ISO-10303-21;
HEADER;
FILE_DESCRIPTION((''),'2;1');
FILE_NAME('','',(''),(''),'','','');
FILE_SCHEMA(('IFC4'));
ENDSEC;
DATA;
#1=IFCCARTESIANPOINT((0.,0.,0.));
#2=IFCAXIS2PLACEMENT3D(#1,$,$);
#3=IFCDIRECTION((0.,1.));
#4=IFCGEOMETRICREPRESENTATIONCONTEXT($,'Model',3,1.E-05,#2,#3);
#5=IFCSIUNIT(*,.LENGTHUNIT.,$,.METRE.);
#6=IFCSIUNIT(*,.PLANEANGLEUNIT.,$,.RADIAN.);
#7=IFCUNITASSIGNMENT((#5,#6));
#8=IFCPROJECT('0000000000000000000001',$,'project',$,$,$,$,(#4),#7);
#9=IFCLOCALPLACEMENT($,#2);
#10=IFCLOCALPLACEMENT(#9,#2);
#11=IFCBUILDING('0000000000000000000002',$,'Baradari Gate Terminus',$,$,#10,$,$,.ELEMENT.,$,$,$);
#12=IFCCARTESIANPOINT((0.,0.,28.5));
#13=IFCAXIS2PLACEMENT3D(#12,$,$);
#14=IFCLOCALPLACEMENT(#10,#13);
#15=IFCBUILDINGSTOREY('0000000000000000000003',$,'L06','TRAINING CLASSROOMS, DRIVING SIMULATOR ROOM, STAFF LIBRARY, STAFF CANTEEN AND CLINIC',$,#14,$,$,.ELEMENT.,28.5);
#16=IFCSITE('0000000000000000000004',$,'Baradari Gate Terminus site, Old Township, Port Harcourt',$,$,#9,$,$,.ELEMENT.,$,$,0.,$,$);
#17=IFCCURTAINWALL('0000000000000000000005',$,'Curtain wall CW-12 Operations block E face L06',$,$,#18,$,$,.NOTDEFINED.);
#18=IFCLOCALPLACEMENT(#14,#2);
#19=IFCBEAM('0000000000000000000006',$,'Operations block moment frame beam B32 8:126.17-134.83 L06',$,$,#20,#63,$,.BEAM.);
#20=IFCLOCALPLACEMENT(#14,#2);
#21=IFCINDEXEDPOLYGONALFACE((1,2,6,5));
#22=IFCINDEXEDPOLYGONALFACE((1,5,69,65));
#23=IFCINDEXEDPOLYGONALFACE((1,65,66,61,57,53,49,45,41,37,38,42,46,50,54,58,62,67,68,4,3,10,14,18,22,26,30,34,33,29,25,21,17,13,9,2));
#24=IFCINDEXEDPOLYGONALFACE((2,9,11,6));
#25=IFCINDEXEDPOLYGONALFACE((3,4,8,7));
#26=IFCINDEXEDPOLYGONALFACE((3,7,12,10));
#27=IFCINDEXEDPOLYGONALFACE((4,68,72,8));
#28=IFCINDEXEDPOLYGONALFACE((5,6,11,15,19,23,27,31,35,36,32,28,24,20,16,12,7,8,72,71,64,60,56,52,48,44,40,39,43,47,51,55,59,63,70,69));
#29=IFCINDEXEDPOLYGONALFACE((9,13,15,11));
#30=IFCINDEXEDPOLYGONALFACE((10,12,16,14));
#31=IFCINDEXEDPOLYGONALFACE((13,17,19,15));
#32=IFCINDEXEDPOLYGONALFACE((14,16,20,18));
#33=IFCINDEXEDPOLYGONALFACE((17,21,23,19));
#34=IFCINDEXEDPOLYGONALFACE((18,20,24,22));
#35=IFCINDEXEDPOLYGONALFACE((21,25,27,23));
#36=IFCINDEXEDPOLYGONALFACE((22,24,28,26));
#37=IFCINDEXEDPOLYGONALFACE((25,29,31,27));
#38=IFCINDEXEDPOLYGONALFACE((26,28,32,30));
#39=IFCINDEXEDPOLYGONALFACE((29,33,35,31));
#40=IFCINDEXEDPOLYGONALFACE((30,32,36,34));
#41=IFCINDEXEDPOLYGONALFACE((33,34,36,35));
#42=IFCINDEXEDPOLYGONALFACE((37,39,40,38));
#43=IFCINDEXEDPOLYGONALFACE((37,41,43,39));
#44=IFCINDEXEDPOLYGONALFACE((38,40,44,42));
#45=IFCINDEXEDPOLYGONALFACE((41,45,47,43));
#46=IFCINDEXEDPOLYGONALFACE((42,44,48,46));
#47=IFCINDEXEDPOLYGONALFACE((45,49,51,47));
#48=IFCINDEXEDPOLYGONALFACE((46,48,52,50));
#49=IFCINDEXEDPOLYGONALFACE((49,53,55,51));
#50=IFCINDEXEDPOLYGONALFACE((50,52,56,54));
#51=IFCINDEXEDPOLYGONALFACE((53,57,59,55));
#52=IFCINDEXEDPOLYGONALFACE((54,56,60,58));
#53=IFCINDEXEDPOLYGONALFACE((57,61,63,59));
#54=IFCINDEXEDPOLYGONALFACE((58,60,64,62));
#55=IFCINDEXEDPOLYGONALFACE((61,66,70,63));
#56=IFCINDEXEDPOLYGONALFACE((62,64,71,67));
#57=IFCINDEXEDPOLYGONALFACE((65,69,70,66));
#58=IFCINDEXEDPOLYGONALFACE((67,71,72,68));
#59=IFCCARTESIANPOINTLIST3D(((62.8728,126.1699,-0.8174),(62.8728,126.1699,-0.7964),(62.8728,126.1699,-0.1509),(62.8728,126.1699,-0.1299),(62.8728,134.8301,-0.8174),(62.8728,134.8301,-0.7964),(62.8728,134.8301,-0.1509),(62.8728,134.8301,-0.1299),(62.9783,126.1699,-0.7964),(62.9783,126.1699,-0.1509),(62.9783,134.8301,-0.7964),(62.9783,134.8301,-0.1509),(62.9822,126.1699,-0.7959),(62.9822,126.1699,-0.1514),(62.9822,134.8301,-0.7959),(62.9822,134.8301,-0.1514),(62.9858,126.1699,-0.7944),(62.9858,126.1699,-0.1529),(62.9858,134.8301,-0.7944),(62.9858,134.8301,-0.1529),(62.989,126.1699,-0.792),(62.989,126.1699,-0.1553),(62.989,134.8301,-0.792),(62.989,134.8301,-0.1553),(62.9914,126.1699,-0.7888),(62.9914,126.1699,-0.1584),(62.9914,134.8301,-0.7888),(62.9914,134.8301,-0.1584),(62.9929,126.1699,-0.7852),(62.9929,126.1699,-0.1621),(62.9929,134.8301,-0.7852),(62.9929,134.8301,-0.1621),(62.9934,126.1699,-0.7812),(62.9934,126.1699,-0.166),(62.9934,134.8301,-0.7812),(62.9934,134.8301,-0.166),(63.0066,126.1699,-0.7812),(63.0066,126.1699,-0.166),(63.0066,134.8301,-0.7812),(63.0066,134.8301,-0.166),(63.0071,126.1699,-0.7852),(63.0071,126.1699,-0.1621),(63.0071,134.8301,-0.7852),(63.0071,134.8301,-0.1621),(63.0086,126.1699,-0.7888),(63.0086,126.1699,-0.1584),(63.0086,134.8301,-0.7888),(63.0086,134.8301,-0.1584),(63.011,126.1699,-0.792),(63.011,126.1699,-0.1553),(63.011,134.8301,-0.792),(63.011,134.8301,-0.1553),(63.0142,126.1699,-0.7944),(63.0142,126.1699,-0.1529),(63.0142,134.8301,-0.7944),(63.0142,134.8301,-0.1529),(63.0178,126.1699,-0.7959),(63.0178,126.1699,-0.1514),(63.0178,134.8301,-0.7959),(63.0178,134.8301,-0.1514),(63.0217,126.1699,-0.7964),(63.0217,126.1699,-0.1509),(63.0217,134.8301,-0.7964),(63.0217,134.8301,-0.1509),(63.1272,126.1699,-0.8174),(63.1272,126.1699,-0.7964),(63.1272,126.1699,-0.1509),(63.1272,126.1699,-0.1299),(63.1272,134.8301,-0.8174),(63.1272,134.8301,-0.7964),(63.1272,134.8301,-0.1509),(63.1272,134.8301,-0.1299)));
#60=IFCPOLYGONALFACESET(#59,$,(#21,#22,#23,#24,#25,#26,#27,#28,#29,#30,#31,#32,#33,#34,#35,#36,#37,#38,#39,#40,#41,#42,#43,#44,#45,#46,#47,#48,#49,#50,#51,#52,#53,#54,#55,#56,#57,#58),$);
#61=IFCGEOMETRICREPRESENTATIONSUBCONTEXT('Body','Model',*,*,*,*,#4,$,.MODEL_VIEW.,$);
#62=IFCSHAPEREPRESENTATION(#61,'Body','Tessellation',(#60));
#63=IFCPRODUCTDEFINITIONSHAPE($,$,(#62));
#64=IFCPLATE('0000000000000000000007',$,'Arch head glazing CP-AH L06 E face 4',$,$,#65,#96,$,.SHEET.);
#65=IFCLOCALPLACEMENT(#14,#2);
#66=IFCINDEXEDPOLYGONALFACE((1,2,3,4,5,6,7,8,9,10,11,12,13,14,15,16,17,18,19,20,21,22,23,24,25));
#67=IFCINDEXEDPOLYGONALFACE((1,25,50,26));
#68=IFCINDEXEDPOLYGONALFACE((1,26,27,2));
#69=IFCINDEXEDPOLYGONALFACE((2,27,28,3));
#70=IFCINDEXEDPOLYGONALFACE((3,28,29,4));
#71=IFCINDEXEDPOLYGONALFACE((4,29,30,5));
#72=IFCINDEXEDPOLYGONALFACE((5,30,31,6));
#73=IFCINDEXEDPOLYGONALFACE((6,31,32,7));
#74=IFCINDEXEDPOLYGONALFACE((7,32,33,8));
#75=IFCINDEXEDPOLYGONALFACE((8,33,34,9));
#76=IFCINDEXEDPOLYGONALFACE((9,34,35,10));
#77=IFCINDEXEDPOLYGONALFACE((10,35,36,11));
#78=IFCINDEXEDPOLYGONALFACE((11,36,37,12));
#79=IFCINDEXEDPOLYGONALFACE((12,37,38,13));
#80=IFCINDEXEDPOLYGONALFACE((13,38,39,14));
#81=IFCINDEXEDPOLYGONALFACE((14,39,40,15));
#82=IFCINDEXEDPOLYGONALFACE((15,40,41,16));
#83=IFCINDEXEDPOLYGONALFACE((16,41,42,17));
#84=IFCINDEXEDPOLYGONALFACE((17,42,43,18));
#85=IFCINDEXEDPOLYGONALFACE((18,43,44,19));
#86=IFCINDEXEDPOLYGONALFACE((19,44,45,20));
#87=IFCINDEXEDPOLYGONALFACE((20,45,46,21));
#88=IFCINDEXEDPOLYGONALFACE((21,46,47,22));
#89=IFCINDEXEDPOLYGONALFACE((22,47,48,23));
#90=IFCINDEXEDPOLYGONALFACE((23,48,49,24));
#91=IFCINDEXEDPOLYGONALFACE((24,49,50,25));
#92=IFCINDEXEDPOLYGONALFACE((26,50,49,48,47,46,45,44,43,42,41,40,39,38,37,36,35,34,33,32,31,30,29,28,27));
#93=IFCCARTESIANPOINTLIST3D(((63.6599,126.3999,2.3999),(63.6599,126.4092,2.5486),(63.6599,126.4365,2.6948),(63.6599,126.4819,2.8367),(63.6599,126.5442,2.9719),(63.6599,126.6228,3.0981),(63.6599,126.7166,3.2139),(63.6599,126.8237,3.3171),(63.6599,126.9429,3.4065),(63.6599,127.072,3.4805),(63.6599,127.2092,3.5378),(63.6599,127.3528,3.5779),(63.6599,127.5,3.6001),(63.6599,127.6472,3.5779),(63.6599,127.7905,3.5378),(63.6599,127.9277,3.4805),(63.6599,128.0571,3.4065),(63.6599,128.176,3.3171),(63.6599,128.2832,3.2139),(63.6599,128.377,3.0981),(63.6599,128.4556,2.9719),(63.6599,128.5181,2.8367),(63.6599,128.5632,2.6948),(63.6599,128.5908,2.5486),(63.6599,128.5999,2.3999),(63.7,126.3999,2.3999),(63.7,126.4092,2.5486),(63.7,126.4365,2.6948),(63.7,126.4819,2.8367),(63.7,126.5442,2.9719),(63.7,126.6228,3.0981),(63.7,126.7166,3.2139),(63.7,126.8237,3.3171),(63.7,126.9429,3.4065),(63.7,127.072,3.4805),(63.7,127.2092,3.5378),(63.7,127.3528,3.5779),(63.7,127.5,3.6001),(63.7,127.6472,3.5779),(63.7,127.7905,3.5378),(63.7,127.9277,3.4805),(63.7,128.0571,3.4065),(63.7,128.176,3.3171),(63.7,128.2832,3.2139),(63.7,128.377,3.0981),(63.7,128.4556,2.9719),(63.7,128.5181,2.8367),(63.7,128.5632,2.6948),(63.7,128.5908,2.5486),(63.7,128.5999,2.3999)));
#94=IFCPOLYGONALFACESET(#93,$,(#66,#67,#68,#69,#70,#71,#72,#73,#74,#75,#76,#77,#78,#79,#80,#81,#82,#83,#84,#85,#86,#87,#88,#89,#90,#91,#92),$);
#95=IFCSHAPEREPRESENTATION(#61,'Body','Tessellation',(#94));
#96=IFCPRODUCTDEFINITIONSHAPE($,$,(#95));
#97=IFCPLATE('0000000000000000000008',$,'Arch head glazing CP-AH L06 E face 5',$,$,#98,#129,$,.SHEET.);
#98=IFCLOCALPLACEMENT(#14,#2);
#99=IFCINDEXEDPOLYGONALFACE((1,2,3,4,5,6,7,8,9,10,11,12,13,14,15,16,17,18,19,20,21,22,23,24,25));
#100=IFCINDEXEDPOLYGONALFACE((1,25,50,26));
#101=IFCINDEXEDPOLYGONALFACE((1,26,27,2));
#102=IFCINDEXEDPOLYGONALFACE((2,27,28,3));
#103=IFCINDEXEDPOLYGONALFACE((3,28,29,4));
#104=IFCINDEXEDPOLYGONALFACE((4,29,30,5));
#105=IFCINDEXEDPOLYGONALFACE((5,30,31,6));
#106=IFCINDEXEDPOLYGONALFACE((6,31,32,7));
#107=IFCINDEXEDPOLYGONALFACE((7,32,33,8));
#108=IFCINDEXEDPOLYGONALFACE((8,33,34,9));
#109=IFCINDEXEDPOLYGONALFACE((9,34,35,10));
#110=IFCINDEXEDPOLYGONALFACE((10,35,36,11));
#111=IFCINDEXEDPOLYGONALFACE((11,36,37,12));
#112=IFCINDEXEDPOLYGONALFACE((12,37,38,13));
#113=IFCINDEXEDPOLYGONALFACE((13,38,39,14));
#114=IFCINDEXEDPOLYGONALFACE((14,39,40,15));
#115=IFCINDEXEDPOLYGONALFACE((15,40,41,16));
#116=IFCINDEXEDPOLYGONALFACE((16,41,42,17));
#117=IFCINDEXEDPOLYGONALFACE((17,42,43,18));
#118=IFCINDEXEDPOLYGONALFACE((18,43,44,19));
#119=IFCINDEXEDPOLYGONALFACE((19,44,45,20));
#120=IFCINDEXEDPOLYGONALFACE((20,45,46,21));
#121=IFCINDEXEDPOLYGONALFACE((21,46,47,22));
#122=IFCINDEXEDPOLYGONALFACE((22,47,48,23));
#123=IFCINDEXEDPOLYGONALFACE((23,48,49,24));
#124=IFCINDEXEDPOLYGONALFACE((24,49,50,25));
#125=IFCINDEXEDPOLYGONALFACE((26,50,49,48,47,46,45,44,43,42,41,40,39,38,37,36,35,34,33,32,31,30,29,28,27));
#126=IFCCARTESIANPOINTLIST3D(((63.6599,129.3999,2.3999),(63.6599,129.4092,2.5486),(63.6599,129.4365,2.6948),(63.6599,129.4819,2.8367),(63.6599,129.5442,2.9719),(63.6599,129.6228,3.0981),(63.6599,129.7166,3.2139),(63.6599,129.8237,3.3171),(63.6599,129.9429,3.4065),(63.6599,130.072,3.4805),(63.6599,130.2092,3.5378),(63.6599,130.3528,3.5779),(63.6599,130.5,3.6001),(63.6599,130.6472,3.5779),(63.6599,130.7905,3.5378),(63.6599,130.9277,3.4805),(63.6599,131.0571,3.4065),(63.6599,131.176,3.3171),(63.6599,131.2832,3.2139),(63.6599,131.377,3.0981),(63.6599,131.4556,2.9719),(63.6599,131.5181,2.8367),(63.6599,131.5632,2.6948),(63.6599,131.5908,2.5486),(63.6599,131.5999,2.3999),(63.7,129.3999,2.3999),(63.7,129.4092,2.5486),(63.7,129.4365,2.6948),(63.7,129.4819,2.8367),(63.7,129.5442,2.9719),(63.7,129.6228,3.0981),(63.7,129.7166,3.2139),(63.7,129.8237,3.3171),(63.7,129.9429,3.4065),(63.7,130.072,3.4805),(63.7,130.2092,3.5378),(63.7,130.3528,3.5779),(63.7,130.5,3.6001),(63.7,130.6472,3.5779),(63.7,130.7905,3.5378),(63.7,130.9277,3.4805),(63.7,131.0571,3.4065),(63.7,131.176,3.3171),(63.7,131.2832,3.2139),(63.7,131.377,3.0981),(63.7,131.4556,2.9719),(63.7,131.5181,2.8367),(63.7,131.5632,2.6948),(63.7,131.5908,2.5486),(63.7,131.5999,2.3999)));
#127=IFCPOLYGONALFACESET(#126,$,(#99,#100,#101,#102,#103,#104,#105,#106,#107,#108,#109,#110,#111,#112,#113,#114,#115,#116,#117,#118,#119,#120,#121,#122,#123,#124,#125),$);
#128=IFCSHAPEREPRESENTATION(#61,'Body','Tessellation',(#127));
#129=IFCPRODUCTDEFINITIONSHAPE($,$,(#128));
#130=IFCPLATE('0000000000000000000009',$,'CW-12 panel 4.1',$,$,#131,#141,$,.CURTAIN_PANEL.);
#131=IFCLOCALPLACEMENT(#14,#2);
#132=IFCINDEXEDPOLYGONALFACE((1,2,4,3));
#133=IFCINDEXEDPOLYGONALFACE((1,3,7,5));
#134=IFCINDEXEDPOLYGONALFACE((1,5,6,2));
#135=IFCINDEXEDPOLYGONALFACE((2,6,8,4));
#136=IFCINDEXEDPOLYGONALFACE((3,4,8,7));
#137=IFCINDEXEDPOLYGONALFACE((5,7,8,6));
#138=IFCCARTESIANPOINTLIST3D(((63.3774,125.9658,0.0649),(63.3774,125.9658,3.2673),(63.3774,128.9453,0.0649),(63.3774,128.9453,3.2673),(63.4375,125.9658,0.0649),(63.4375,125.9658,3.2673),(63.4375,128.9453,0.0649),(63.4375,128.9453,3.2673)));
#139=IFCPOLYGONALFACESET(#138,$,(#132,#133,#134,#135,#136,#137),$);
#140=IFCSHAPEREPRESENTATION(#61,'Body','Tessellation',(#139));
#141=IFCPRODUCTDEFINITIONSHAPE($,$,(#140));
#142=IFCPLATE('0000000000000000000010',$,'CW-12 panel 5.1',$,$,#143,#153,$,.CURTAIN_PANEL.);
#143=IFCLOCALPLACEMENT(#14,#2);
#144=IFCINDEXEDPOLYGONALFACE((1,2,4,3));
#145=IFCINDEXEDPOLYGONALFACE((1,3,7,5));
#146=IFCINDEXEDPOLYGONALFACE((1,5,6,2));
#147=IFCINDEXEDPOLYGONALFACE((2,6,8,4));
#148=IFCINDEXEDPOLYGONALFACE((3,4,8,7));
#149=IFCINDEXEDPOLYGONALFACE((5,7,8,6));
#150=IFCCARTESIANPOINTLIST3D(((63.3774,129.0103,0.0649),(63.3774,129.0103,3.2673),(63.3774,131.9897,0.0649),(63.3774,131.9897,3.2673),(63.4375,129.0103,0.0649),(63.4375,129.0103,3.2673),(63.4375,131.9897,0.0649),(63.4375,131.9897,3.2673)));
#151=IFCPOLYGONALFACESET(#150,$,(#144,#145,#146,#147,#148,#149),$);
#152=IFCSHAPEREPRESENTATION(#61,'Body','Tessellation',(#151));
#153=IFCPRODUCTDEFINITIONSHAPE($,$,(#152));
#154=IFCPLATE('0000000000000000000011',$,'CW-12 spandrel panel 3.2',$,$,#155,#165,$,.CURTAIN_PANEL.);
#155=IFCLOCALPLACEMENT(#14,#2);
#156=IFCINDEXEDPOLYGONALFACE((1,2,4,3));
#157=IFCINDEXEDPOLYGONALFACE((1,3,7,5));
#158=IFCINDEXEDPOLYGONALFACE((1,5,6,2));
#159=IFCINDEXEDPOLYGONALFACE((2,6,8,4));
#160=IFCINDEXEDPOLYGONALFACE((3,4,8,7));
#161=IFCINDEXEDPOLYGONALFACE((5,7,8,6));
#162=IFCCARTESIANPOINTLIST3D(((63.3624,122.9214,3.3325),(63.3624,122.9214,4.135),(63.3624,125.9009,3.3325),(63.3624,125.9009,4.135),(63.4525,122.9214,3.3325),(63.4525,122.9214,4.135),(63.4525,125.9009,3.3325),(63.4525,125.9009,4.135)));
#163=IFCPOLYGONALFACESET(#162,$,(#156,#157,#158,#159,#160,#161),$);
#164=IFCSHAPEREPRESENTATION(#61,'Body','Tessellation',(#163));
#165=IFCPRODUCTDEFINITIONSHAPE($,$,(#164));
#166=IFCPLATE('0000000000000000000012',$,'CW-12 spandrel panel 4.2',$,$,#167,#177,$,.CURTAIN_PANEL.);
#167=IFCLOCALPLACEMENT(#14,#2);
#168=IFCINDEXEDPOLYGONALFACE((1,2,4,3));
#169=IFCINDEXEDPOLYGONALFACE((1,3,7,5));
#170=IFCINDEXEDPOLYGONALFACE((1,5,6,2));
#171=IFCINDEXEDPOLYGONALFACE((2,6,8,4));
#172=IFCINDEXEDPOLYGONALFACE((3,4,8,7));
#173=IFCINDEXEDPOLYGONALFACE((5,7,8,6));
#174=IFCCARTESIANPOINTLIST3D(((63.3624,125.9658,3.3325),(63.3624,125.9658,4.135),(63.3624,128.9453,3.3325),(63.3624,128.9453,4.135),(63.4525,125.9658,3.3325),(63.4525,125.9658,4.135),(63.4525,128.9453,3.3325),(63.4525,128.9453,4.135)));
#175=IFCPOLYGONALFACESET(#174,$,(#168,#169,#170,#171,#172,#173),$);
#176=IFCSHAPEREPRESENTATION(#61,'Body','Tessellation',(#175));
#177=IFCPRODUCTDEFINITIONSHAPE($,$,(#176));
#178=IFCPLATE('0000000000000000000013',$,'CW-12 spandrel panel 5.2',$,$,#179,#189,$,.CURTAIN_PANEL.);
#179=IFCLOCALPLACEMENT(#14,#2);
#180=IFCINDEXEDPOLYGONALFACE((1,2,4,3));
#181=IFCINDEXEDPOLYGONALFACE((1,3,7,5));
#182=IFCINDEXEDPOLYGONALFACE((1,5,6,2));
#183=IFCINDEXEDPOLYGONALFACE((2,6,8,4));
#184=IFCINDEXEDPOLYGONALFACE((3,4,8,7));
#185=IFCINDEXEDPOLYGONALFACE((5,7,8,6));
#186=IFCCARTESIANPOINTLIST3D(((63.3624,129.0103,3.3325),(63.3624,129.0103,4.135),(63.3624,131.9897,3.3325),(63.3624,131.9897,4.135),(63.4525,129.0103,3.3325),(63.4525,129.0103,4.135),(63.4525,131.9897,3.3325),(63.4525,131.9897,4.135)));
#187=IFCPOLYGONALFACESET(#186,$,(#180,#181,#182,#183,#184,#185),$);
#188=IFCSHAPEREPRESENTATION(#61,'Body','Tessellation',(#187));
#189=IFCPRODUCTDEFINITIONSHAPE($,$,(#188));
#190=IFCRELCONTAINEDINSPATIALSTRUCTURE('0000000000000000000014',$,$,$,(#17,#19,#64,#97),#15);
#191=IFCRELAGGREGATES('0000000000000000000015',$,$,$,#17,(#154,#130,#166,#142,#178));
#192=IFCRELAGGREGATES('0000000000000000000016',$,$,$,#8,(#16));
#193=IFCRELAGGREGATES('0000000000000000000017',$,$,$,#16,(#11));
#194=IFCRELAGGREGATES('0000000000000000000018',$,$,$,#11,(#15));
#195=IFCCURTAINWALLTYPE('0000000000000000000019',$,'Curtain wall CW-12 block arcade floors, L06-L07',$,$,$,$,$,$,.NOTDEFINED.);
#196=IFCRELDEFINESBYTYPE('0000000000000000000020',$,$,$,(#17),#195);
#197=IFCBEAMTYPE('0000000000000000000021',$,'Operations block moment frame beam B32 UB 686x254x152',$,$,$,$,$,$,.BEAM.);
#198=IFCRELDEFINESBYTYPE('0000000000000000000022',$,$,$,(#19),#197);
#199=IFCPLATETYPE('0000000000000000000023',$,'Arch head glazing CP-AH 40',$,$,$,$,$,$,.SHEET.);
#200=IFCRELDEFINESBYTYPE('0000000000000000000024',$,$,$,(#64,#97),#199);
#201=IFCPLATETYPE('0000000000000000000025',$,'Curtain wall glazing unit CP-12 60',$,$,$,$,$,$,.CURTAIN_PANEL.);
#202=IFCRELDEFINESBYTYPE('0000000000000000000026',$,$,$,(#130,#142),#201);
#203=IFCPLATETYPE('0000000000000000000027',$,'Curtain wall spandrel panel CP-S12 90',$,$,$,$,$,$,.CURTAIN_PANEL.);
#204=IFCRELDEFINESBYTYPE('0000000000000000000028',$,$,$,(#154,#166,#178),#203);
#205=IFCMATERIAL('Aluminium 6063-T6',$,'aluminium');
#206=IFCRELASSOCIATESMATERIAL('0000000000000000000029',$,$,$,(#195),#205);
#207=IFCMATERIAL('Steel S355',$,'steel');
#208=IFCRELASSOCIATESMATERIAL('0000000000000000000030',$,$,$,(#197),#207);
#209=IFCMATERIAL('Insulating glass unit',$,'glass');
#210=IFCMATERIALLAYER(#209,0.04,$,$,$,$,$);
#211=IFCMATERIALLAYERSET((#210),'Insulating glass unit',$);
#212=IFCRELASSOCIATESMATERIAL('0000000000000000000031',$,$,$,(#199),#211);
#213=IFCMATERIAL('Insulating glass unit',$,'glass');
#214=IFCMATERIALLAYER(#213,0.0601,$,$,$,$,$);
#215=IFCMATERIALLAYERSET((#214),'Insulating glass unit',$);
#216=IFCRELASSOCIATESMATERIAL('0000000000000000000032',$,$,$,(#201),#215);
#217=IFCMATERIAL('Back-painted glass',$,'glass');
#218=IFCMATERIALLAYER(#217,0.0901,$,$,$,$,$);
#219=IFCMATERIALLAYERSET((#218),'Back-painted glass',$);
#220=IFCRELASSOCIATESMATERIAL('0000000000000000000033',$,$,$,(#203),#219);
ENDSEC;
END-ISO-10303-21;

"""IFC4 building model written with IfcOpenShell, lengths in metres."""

from ifc_helpers import new_model, si_unit, direction, frame, origin, origin_2d, place, context, subcontext, project, spatial, polyline, rectangle, i_section, outline, extrude, material, layer, layer_set, material_profile, profile_set, type_object, element, aggregate, save


model = new_model("IFC4")

# Units and contexts
model_context = context("Model", 3, precision=1e-05, world=origin(), true_north=direction((0.0, 1.0)))
body_context = subcontext(model_context, "Body", "Model", "MODEL_VIEW")
ifc_project = project(units=[si_unit("LENGTHUNIT", "METRE"), si_unit("PLANEANGLEUNIT", "RADIAN")], contexts=[model_context])

# Site, building, storey
site_placement = place(None, origin())
site = spatial("IfcSite", under=ifc_project, at=site_placement, Name="Baradari Gate Terminus site, Old Township, Port Harcourt", CompositionType="ELEMENT", RefElevation=0.0)
building_placement = place(site_placement, origin())
building = spatial("IfcBuilding", under=site, at=building_placement, Name="Baradari Gate Terminus", CompositionType="ELEMENT")
storey_placement = place(building_placement, frame((0.0, 0.0, 28.5)))
storey = spatial("IfcBuildingStorey", under=building, at=storey_placement, Name="L06", Description="TRAINING CLASSROOMS, DRIVING SIMULATOR ROOM, STAFF LIBRARY, STAFF CANTEEN AND CLINIC", CompositionType="ELEMENT", Elevation=28.5)

# Curtain wall
ifc_material_1 = material(Name="Aluminium 6063-T6", Category="aluminium")
curtain_wall_type = type_object("IfcCurtainWallType", Name="Curtain wall CW-12 block arcade floors, L06-L07", PredefinedType="NOTDEFINED", material=ifc_material_1)
curtain_wall_placement = place(storey_placement, origin())
curtain_wall = element("IfcCurtainWall", 1, at=curtain_wall_placement, inside=storey, type_object=curtain_wall_type, Name="Curtain wall CW-12 Operations block E face L06", PredefinedType="NOTDEFINED")

# Beam
ifc_material_2 = material(Name="Steel S355", Category="steel")
ifc_material_profile_1 = material_profile(ifc_material_2, i_section(OverallWidth=0.2544, OverallDepth=0.6875, WebThickness=0.0132, FlangeThickness=0.021, FilletRadius=0.0151, at=origin_2d()), Name="UB 686x254x152")
ifc_profile_set_1 = profile_set([ifc_material_profile_1], Name="Steel S355")
beam_type = type_object("IfcBeamType", Name="Operations block moment frame beam B32 UB 686x254x152", PredefinedType="BEAM", material=ifc_profile_set_1)
beam_placement = place(storey_placement, frame((63.0, 126.1699, -0.4736), z_axis=(0.0, 1.0, 0.0), x_axis=(-1.0, 0.0, 0.0)))
element("IfcBeam", 2, at=beam_placement, inside=storey, type_object=beam_type, Name="Operations block moment frame beam B32 8:126.17-134.83 L06", PredefinedType="BEAM", context=body_context, shape_type="SweptSolid", body=[
    extrude(i_section(OverallWidth=0.2544, OverallDepth=0.6875, WebThickness=0.0132, FlangeThickness=0.021, FilletRadius=0.0151, at=origin_2d()), origin(), (0.0, 0.0, 1.0), 8.6602),
])

# Plates
ifc_material_3 = material(Name="Insulating glass unit", Category="glass")
ifc_layer_1 = layer(ifc_material_3, 0.04)
ifc_layer_set_1 = layer_set([ifc_layer_1], Name="Insulating glass unit")
plate_type_1 = type_object("IfcPlateType", Name="Arch head glazing CP-AH 40", PredefinedType="SHEET", material=ifc_layer_set_1)
for number, where, z_axis, x_axis, name in (
    (3, (63.6799, 126.3999, 2.3999), (0.0, 0.0, 1.0), (0.0, 1.0, 0.0), "Arch head glazing CP-AH L06 E face 4"),
    (4, (63.6799, 129.3999, 2.3999), (0.0, 0.0, 1.0), (0.0, 1.0, 0.0), "Arch head glazing CP-AH L06 E face 5"),
):
    element("IfcPlate", number, at=place(storey_placement, frame(where, z_axis=z_axis, x_axis=x_axis)), inside=storey, type_object=plate_type_1, Name=name, PredefinedType="SHEET", context=body_context, shape_type="SweptSolid", body=[
        extrude(outline(polyline([(0.0, 0.0), (2.2, 0.0), (2.1909, 0.1487), (2.1633, 0.2949), (2.1182, 0.4368), (2.0557, 0.572), (1.9771, 0.6982), (1.8833, 0.814), (1.7761, 0.9172), (1.6572, 1.0066), (1.5278, 1.0806), (1.3906, 1.1379), (1.2473, 1.178), (1.1001, 1.2002), (0.9529, 1.178), (0.8093, 1.1379), (0.6721, 1.0806), (0.543, 1.0066), (0.4238, 0.9172), (0.3167, 0.814), (0.2229, 0.6982), (0.1443, 0.572), (0.082, 0.4368), (0.0366, 0.2949), (0.0093, 0.1487), (0.0, 0.0)])), frame((0.0, 0.02, 0.0), z_axis=(0.0, -1.0, 0.0), x_axis=(1.0, 0.0, 0.0)), (0.0, 0.0, 1.0), 0.04),
    ])

# Plates
ifc_material_4 = material(Name="Insulating glass unit", Category="glass")
ifc_layer_2 = layer(ifc_material_4, 0.0601)
ifc_layer_set_2 = layer_set([ifc_layer_2], Name="Insulating glass unit")
plate_type_2 = type_object("IfcPlateType", Name="Curtain wall glazing unit CP-12 60", PredefinedType="CURTAIN_PANEL", material=ifc_layer_set_2)
plate_1_placement = place(storey_placement, frame((63.4075, 127.4556, 0.0649), z_axis=(0.0, 0.0, 1.0), x_axis=(0.0, 1.0, 0.0)))
plate_1 = element("IfcPlate", 5, at=plate_1_placement, type_object=plate_type_2, Name="CW-12 panel 4.1", PredefinedType="CURTAIN_PANEL", context=body_context, shape_type="SweptSolid", body=[
    extrude(rectangle(XDim=2.9795, YDim=0.0601, at=origin_2d()), origin(), (0.0, 0.0, 1.0), 3.2024),
])
plate_2_placement = place(storey_placement, frame((63.4075, 130.5, 0.0649), z_axis=(0.0, 0.0, 1.0), x_axis=(0.0, 1.0, 0.0)))
plate_2 = element("IfcPlate", 6, at=plate_2_placement, type_object=plate_type_2, Name="CW-12 panel 5.1", PredefinedType="CURTAIN_PANEL", context=body_context, shape_type="SweptSolid", body=[
    extrude(rectangle(XDim=2.9795, YDim=0.0601, at=origin_2d()), origin(), (0.0, 0.0, 1.0), 3.2024),
])
ifc_material_5 = material(Name="Back-painted glass", Category="glass")
ifc_layer_3 = layer(ifc_material_5, 0.0901)
ifc_layer_set_3 = layer_set([ifc_layer_3], Name="Back-painted glass")
plate_type_3 = type_object("IfcPlateType", Name="Curtain wall spandrel panel CP-S12 90", PredefinedType="CURTAIN_PANEL", material=ifc_layer_set_3)
plate_3_placement = place(storey_placement, frame((63.4075, 124.4111, 3.3325), z_axis=(0.0, 0.0, 1.0), x_axis=(0.0, 1.0, 0.0)))
plate_3 = element("IfcPlate", 7, at=plate_3_placement, type_object=plate_type_3, Name="CW-12 spandrel panel 3.2", PredefinedType="CURTAIN_PANEL", context=body_context, shape_type="SweptSolid", body=[
    extrude(rectangle(XDim=2.9795, YDim=0.0901, at=origin_2d()), origin(), (0.0, 0.0, 1.0), 0.8025),
])
plate_4_placement = place(storey_placement, frame((63.4075, 127.4556, 3.3325), z_axis=(0.0, 0.0, 1.0), x_axis=(0.0, 1.0, 0.0)))
plate_4 = element("IfcPlate", 8, at=plate_4_placement, type_object=plate_type_3, Name="CW-12 spandrel panel 4.2", PredefinedType="CURTAIN_PANEL", context=body_context, shape_type="SweptSolid", body=[
    extrude(rectangle(XDim=2.9795, YDim=0.0901, at=origin_2d()), origin(), (0.0, 0.0, 1.0), 0.8025),
])
plate_5_placement = place(storey_placement, frame((63.4075, 130.5, 3.3325), z_axis=(0.0, 0.0, 1.0), x_axis=(0.0, 1.0, 0.0)))
plate_5 = element("IfcPlate", 9, at=plate_5_placement, type_object=plate_type_3, Name="CW-12 spandrel panel 5.2", PredefinedType="CURTAIN_PANEL", context=body_context, shape_type="SweptSolid", body=[
    extrude(rectangle(XDim=2.9795, YDim=0.0901, at=origin_2d()), origin(), (0.0, 0.0, 1.0), 0.8025),
])
aggregate(curtain_wall, [plate_3, plate_1, plate_4, plate_2, plate_5])

save(model, "model.ifc")
